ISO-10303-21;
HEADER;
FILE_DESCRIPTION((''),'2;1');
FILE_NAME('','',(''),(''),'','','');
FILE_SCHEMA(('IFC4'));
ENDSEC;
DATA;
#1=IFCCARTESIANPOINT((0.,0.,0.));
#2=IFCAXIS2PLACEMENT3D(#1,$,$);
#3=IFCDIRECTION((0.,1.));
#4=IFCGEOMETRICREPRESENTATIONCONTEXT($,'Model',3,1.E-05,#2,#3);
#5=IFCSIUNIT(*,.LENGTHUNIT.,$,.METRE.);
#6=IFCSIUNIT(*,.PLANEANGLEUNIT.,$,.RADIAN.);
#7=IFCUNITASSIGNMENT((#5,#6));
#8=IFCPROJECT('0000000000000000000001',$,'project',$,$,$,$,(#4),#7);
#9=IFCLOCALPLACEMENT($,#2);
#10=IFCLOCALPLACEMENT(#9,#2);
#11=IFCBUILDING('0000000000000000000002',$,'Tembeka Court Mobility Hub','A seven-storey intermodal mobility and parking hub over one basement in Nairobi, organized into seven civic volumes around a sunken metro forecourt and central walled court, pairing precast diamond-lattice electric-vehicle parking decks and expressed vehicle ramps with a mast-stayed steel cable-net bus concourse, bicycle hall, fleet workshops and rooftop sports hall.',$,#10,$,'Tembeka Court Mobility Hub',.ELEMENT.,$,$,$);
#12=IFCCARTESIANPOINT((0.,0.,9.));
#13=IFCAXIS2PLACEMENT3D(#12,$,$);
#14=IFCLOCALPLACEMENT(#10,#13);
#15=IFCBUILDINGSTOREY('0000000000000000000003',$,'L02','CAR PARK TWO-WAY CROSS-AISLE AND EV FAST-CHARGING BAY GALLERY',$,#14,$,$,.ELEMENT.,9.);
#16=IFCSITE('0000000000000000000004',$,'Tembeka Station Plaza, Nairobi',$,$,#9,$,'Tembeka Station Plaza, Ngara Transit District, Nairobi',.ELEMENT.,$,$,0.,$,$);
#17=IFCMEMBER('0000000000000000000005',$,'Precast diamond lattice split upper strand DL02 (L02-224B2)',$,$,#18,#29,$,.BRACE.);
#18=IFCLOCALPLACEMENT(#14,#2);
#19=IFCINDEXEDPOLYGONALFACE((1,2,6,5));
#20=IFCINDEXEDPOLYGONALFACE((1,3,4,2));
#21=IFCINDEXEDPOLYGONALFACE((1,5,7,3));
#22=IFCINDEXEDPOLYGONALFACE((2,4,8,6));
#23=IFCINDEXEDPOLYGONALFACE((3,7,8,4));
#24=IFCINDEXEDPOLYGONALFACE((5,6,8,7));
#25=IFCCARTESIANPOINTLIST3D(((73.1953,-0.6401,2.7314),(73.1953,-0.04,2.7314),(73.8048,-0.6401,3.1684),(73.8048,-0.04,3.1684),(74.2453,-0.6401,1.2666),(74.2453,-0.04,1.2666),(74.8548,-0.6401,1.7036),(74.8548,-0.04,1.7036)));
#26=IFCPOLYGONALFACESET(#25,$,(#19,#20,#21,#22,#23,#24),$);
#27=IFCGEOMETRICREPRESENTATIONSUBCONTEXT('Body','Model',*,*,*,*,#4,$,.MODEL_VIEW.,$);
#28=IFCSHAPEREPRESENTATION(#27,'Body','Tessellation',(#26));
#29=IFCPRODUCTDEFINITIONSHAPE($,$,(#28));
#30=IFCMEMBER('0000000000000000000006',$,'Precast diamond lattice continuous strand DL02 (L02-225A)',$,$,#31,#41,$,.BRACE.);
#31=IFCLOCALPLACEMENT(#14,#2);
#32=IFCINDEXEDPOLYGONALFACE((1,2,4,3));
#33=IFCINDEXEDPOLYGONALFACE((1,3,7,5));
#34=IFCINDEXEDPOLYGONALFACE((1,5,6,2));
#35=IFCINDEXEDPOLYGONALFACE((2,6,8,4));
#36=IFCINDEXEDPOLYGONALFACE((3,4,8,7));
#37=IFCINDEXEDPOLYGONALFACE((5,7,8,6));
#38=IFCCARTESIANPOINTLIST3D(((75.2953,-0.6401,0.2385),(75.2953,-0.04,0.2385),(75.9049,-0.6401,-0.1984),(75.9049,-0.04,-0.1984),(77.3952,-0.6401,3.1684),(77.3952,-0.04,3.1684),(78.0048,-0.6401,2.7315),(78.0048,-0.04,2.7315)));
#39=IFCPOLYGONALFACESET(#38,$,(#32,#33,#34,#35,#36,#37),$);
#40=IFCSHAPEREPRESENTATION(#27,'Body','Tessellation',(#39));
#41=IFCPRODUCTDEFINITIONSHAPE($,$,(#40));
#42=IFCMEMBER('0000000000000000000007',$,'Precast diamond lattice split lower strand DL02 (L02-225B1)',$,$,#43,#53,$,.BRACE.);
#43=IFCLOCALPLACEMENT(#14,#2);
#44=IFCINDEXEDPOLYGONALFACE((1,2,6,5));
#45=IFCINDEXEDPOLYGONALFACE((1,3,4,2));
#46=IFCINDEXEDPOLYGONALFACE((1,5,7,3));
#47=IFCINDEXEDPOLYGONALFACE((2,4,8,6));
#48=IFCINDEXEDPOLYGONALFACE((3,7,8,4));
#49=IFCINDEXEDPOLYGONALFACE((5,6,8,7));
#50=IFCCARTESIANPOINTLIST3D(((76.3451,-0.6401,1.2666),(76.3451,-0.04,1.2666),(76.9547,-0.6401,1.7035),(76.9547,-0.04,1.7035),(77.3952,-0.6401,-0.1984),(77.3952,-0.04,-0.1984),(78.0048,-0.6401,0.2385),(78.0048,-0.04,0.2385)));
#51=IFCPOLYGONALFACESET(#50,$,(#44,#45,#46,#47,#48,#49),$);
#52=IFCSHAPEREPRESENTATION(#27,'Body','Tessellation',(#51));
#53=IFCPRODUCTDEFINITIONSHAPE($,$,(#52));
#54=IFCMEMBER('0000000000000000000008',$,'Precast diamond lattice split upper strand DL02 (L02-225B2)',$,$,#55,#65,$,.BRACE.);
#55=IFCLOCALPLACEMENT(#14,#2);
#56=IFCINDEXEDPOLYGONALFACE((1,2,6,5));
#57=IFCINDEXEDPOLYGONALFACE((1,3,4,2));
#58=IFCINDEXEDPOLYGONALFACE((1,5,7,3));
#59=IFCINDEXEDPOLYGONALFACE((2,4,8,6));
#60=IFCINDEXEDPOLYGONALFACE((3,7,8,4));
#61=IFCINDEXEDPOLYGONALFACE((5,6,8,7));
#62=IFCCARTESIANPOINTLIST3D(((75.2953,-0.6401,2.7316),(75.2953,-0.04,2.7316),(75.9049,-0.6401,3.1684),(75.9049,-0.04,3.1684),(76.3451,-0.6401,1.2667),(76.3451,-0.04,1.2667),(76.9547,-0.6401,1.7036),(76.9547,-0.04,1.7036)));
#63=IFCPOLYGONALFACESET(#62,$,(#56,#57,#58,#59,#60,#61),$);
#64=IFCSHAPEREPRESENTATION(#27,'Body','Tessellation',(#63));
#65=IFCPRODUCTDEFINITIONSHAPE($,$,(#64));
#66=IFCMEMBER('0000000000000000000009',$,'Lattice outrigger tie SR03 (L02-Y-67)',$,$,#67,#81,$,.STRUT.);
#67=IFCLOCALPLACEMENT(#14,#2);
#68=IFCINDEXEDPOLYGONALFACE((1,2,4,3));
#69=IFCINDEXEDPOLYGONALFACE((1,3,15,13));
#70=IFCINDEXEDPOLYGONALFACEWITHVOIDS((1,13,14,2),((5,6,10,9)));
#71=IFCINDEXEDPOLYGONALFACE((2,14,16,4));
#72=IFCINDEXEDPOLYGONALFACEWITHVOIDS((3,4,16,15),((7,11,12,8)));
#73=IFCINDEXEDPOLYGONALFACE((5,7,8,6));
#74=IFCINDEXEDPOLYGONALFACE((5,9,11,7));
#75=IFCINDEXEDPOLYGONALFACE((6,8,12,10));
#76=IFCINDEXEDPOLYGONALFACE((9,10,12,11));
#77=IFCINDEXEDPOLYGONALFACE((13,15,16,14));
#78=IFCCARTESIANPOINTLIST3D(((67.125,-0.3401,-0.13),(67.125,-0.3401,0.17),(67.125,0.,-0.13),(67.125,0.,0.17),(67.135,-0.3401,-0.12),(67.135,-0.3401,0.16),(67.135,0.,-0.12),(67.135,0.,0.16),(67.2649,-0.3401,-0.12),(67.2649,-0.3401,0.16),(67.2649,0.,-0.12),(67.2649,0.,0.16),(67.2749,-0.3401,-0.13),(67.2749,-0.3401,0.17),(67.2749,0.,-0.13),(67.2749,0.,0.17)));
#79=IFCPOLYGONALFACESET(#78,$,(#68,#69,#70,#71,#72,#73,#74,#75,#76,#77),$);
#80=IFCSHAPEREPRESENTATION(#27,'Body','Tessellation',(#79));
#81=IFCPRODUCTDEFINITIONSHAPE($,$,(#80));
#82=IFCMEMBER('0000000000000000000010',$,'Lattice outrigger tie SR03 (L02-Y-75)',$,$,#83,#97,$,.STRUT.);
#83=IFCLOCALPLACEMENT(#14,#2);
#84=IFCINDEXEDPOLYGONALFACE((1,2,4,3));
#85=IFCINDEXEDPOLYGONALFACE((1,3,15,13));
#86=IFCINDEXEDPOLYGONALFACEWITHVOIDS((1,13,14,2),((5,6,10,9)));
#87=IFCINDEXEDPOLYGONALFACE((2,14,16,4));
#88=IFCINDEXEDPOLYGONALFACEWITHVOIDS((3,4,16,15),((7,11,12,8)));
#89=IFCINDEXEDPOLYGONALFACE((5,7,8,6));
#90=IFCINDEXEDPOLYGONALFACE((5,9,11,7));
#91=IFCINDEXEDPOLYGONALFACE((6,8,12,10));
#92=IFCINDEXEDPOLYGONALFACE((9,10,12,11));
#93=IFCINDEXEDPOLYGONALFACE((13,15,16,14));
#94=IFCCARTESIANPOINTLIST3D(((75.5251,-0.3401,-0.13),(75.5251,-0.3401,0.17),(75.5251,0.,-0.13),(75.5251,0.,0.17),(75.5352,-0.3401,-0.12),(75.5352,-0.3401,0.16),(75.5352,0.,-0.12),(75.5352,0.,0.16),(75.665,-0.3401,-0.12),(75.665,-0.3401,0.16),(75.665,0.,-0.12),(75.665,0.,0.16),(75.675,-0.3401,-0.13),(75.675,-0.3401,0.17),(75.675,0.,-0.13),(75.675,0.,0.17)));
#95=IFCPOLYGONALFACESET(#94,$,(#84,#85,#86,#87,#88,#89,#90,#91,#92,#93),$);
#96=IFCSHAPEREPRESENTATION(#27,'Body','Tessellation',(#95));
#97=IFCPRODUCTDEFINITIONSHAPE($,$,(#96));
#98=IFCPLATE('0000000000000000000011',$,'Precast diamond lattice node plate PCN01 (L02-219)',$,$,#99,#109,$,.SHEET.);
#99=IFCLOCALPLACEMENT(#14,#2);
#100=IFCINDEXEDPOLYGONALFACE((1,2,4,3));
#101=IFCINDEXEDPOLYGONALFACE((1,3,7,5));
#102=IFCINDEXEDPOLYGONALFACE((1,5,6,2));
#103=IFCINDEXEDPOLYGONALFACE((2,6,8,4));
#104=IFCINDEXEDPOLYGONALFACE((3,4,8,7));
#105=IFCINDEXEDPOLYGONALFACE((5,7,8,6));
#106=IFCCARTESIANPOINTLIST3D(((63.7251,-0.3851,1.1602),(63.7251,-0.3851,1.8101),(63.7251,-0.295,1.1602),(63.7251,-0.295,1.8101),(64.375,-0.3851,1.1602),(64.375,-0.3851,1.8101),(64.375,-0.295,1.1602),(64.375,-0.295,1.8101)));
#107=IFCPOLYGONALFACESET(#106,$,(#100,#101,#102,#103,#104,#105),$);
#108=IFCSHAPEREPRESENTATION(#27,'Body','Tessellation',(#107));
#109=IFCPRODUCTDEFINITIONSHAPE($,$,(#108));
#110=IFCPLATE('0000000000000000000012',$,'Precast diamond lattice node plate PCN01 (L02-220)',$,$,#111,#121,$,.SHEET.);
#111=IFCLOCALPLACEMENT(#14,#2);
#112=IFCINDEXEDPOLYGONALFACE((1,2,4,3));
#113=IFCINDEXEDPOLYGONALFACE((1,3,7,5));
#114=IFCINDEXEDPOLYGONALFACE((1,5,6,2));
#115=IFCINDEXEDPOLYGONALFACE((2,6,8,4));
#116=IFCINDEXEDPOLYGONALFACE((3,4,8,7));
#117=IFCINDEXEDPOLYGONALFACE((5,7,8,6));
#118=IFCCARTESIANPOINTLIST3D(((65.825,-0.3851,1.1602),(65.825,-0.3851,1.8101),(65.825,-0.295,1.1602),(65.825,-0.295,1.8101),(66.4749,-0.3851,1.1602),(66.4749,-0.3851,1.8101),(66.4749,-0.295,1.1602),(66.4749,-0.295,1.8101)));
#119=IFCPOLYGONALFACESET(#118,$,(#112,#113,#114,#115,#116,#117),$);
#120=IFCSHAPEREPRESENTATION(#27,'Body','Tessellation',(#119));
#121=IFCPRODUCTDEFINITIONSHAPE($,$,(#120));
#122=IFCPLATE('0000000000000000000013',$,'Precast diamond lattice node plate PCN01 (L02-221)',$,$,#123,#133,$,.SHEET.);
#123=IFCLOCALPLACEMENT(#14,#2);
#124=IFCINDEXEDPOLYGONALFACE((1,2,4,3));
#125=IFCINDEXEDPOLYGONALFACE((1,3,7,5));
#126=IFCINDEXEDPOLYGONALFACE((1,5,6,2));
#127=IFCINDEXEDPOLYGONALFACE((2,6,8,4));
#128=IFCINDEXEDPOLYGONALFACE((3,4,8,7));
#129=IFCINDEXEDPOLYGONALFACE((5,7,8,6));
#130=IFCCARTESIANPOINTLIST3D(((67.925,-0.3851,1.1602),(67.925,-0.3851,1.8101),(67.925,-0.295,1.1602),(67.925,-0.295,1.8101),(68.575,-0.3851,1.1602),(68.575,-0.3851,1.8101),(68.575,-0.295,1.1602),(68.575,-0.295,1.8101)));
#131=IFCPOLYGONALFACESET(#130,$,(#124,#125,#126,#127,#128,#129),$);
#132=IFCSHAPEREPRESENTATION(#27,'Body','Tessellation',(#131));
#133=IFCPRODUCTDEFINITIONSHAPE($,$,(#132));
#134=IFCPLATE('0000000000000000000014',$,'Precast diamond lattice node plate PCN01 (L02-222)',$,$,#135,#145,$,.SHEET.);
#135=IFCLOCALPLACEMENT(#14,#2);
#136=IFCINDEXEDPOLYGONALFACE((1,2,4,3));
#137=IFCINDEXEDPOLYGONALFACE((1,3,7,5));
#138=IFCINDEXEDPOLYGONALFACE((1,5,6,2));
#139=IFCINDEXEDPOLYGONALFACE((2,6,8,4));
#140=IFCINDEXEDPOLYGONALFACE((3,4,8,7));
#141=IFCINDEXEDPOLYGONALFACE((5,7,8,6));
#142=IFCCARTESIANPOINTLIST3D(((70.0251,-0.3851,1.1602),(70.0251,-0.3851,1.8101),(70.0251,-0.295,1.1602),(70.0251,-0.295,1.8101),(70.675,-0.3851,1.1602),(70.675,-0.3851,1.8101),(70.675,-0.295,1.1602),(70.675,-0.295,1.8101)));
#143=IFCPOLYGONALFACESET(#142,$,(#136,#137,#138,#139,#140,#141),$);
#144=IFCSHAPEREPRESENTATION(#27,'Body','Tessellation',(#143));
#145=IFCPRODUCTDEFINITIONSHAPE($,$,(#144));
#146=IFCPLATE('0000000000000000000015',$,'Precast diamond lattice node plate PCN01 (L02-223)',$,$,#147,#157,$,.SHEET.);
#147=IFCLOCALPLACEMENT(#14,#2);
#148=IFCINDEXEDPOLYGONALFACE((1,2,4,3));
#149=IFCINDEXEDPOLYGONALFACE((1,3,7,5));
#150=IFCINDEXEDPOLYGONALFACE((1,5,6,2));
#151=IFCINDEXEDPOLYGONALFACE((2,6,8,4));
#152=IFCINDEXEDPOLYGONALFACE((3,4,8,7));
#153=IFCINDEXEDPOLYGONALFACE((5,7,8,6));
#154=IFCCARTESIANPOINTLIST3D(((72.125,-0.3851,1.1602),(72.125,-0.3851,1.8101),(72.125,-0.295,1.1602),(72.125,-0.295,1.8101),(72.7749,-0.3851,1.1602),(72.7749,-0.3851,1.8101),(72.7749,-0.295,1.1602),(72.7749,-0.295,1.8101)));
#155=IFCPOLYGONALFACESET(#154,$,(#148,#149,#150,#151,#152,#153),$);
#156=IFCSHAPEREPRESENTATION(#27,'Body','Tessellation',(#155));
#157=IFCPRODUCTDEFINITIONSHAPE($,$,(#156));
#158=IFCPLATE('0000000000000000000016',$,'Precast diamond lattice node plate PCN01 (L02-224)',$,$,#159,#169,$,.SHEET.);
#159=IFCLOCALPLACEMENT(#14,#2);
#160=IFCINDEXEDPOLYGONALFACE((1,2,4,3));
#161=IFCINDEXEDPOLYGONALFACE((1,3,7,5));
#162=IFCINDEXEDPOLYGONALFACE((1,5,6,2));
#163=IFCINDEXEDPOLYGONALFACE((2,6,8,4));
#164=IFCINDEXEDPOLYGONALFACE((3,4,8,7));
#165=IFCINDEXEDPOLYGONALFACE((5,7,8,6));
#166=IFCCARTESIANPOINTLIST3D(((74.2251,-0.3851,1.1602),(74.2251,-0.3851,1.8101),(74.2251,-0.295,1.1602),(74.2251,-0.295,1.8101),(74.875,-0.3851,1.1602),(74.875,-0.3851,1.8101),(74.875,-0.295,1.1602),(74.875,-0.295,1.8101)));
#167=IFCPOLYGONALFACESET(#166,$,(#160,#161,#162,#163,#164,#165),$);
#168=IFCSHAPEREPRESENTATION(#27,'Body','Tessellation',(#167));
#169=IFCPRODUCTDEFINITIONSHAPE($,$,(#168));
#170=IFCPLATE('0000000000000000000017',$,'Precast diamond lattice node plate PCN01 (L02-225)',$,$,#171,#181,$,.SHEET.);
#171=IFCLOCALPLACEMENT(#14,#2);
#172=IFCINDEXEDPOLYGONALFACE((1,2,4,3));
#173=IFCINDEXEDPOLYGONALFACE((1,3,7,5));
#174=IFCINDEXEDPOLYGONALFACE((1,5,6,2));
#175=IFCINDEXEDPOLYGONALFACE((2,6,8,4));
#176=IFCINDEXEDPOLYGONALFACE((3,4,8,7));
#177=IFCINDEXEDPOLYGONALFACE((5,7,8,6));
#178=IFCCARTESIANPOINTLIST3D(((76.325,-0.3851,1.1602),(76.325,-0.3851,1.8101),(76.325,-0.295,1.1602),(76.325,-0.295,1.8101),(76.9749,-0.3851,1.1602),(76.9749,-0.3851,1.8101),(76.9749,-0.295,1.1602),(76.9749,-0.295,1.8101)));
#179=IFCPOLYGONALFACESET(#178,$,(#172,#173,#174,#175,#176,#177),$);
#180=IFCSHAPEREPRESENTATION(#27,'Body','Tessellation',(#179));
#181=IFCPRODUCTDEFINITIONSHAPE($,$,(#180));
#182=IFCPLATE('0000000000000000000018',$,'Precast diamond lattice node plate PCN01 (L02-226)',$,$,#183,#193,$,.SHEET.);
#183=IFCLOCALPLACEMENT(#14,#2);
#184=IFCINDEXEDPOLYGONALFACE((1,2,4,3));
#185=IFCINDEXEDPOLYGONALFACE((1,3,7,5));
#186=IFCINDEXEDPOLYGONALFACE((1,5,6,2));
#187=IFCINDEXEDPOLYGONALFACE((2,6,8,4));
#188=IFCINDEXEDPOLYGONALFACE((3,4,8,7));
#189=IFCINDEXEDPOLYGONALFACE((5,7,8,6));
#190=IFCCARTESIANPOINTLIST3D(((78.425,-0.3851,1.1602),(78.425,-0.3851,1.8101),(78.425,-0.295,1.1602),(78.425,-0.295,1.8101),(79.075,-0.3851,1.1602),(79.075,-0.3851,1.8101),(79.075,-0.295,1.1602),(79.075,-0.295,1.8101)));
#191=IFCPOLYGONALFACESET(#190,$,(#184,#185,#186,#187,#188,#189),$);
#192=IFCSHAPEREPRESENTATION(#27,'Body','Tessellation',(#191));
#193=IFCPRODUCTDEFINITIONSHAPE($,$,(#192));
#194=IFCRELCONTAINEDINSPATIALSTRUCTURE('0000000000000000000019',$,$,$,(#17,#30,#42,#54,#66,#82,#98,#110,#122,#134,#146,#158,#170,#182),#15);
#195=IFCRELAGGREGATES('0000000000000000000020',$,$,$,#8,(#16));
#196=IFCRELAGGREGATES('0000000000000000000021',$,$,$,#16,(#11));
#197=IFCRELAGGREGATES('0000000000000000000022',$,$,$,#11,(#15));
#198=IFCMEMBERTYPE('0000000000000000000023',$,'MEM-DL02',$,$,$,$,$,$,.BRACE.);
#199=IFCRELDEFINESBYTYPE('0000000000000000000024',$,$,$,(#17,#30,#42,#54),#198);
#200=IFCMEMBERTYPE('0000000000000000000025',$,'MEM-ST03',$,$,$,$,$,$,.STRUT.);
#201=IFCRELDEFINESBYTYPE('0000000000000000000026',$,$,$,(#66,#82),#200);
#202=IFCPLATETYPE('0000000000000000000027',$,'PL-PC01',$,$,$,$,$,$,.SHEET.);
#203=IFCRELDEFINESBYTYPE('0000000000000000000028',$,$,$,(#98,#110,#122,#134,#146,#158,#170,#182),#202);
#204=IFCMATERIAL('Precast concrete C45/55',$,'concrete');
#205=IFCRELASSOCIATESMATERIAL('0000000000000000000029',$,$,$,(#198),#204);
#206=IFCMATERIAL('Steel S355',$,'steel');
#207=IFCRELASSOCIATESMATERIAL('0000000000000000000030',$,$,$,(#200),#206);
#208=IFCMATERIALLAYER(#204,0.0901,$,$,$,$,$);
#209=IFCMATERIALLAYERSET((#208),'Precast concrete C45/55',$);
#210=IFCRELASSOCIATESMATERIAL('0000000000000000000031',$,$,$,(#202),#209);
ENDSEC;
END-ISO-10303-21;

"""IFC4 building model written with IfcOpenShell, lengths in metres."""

from ifc_helpers import new_model, si_unit, direction, frame, origin, origin_2d, place, context, subcontext, project, spatial, rectangle, hollow_rectangle, extrude, material, layer, layer_set, material_profile, profile_set, type_object, element, save


model = new_model("IFC4")

# Units and contexts
model_context = context("Model", 3, precision=1e-05, world=origin(), true_north=direction((0.0, 1.0)))
body_context = subcontext(model_context, "Body", "Model", "MODEL_VIEW")
ifc_project = project(units=[si_unit("LENGTHUNIT", "METRE"), si_unit("PLANEANGLEUNIT", "RADIAN")], contexts=[model_context])

# Site, building, storey
site_placement = place(None, origin())
site = spatial("IfcSite", under=ifc_project, at=site_placement, Name="Tembeka Station Plaza, Nairobi", LongName="Tembeka Station Plaza, Ngara Transit District, Nairobi", CompositionType="ELEMENT", RefElevation=0.0)
building_placement = place(site_placement, origin())
building = spatial("IfcBuilding", under=site, at=building_placement, Name="Tembeka Court Mobility Hub", Description="A seven-storey intermodal mobility and parking hub over one basement in Nairobi, organized into seven civic volumes around a sunken metro forecourt and central walled court, pairing precast diamond-lattice electric-vehicle parking decks and expressed vehicle ramps with a mast-stayed steel cable-net bus concourse, bicycle hall, fleet workshops and rooftop sports hall.", LongName="Tembeka Court Mobility Hub", CompositionType="ELEMENT")
storey_placement = place(building_placement, frame((0.0, 0.0, 9.0)))
storey = spatial("IfcBuildingStorey", under=building, at=storey_placement, Name="L02", Description="CAR PARK TWO-WAY CROSS-AISLE AND EV FAST-CHARGING BAY GALLERY", CompositionType="ELEMENT", Elevation=9.0)

# Shared definitions
ifc_material_1 = material(Name="Steel S355", Category="steel")

# Shared definitions
ifc_material_2 = material(Name="Precast concrete C45/55", Category="concrete")

# Members
ifc_material_profile_1 = material_profile(ifc_material_2, rectangle(XDim=0.6001, YDim=0.75, at=origin_2d()), Name="PC-DIAG 600x750")
ifc_profile_set_1 = profile_set([ifc_material_profile_1], Name="Precast concrete C45/55")
member_type_1 = type_object("IfcMemberType", Name="MEM-DL02", PredefinedType="BRACE", material=ifc_profile_set_1)
member_1_placement = place(storey_placement, frame((74.55, -0.3401, 1.4851), z_axis=(-0.582608, 0.0, 0.812753), x_axis=(0.0, -1.0, 0.0)))
element("IfcMember", 1, at=member_1_placement, inside=storey, type_object=member_type_1, Name="Precast diamond lattice split upper strand DL02 (L02-224B2)", PredefinedType="BRACE", context=body_context, shape_type="SweptSolid", body=[
    extrude(rectangle(XDim=0.6001, YDim=0.75, at=origin_2d()), origin(), (0.0, 0.0, 1.0), 1.8022),
])
member_2_placement = place(storey_placement, frame((75.6001, -0.3401, 0.02), z_axis=(0.582532, 0.0, 0.812808), x_axis=(0.0, 1.0, 0.0)))
element("IfcMember", 2, at=member_2_placement, inside=storey, type_object=member_type_1, Name="Precast diamond lattice continuous strand DL02 (L02-225A)", PredefinedType="BRACE", context=body_context, shape_type="SweptSolid", body=[
    extrude(rectangle(XDim=0.6001, YDim=0.75, at=origin_2d()), origin(), (0.0, 0.0, 1.0), 3.6047),
])
member_3_placement = place(storey_placement, frame((77.7, -0.3401, 0.02), z_axis=(-0.582544, 0.0, 0.812799), x_axis=(0.0, -1.0, 0.0)))
element("IfcMember", 3, at=member_3_placement, inside=storey, type_object=member_type_1, Name="Precast diamond lattice split lower strand DL02 (L02-225B1)", PredefinedType="BRACE", context=body_context, shape_type="SweptSolid", body=[
    extrude(rectangle(XDim=0.6001, YDim=0.75, at=origin_2d()), origin(), (0.0, 0.0, 1.0), 1.8025),
])
member_4_placement = place(storey_placement, frame((76.6499, -0.3401, 1.4851), z_axis=(-0.582519, 0.0, 0.812817), x_axis=(0.0, -1.0, 0.0)))
element("IfcMember", 4, at=member_4_placement, inside=storey, type_object=member_type_1, Name="Precast diamond lattice split upper strand DL02 (L02-225B2)", PredefinedType="BRACE", context=body_context, shape_type="SweptSolid", body=[
    extrude(rectangle(XDim=0.6001, YDim=0.75, at=origin_2d()), origin(), (0.0, 0.0, 1.0), 1.8022),
])
ifc_material_profile_2 = material_profile(ifc_material_1, hollow_rectangle(XDim=0.1499, YDim=0.3, WallThickness=0.01, at=origin_2d()), Name="RHS 300x150x10")
ifc_profile_set_2 = profile_set([ifc_material_profile_2], Name="Steel S355")
member_type_2 = type_object("IfcMemberType", Name="MEM-ST03", PredefinedType="STRUT", material=ifc_profile_set_2)
for number, where, z_axis, x_axis, name in (
    (5, (67.2, 0.0, 0.02), (0.0, -1.0, 0.0), (1.0, 0.0, 0.0), "Lattice outrigger tie SR03 (L02-Y-67)"),
    (6, (75.6001, 0.0, 0.02), (0.0, -1.0, 0.0), (1.0, 0.0, 0.0), "Lattice outrigger tie SR03 (L02-Y-75)"),
):
    element("IfcMember", number, at=place(storey_placement, frame(where, z_axis=z_axis, x_axis=x_axis)), inside=storey, type_object=member_type_2, Name=name, PredefinedType="STRUT", context=body_context, shape_type="SweptSolid", body=[
        extrude(hollow_rectangle(XDim=0.1499, YDim=0.3, WallThickness=0.01, at=origin_2d()), origin(), (0.0, 0.0, 1.0), 0.3401),
    ])

# Plates
ifc_layer = layer(ifc_material_2, 0.0901)
ifc_layer_set = layer_set([ifc_layer], Name="Precast concrete C45/55")
plate_type = type_object("IfcPlateType", Name="PL-PC01", PredefinedType="SHEET", material=ifc_layer_set)
for number, where, z_axis, x_axis, name in (
    (7, (64.05, -0.3401, 1.1602), (0.0, 0.0, 1.0), (1.0, 0.0, 0.0), "Precast diamond lattice node plate PCN01 (L02-219)"),
    (8, (66.1499, -0.3401, 1.1602), (0.0, 0.0, 1.0), (1.0, 0.0, 0.0), "Precast diamond lattice node plate PCN01 (L02-220)"),
    (9, (68.25, -0.3401, 1.1602), (0.0, 0.0, 1.0), (1.0, 0.0, 0.0), "Precast diamond lattice node plate PCN01 (L02-221)"),
    (10, (70.3501, -0.3401, 1.1602), (0.0, 0.0, 1.0), (1.0, 0.0, 0.0), "Precast diamond lattice node plate PCN01 (L02-222)"),
    (11, (72.45, -0.3401, 1.1602), (0.0, 0.0, 1.0), (1.0, 0.0, 0.0), "Precast diamond lattice node plate PCN01 (L02-223)"),
    (12, (74.55, -0.3401, 1.1602), (0.0, 0.0, 1.0), (1.0, 0.0, 0.0), "Precast diamond lattice node plate PCN01 (L02-224)"),
    (13, (76.6499, -0.3401, 1.1602), (0.0, 0.0, 1.0), (1.0, 0.0, 0.0), "Precast diamond lattice node plate PCN01 (L02-225)"),
    (14, (78.75, -0.3401, 1.1602), (0.0, 0.0, 1.0), (1.0, 0.0, 0.0), "Precast diamond lattice node plate PCN01 (L02-226)"),
):
    element("IfcPlate", number, at=place(storey_placement, frame(where, z_axis=z_axis, x_axis=x_axis)), inside=storey, type_object=plate_type, Name=name, PredefinedType="SHEET", context=body_context, shape_type="SweptSolid", body=[
        extrude(rectangle(XDim=0.6499, YDim=0.0901, at=origin_2d()), origin(), (0.0, 0.0, 1.0), 0.6499),
    ])

save(model, "model.ifc")
